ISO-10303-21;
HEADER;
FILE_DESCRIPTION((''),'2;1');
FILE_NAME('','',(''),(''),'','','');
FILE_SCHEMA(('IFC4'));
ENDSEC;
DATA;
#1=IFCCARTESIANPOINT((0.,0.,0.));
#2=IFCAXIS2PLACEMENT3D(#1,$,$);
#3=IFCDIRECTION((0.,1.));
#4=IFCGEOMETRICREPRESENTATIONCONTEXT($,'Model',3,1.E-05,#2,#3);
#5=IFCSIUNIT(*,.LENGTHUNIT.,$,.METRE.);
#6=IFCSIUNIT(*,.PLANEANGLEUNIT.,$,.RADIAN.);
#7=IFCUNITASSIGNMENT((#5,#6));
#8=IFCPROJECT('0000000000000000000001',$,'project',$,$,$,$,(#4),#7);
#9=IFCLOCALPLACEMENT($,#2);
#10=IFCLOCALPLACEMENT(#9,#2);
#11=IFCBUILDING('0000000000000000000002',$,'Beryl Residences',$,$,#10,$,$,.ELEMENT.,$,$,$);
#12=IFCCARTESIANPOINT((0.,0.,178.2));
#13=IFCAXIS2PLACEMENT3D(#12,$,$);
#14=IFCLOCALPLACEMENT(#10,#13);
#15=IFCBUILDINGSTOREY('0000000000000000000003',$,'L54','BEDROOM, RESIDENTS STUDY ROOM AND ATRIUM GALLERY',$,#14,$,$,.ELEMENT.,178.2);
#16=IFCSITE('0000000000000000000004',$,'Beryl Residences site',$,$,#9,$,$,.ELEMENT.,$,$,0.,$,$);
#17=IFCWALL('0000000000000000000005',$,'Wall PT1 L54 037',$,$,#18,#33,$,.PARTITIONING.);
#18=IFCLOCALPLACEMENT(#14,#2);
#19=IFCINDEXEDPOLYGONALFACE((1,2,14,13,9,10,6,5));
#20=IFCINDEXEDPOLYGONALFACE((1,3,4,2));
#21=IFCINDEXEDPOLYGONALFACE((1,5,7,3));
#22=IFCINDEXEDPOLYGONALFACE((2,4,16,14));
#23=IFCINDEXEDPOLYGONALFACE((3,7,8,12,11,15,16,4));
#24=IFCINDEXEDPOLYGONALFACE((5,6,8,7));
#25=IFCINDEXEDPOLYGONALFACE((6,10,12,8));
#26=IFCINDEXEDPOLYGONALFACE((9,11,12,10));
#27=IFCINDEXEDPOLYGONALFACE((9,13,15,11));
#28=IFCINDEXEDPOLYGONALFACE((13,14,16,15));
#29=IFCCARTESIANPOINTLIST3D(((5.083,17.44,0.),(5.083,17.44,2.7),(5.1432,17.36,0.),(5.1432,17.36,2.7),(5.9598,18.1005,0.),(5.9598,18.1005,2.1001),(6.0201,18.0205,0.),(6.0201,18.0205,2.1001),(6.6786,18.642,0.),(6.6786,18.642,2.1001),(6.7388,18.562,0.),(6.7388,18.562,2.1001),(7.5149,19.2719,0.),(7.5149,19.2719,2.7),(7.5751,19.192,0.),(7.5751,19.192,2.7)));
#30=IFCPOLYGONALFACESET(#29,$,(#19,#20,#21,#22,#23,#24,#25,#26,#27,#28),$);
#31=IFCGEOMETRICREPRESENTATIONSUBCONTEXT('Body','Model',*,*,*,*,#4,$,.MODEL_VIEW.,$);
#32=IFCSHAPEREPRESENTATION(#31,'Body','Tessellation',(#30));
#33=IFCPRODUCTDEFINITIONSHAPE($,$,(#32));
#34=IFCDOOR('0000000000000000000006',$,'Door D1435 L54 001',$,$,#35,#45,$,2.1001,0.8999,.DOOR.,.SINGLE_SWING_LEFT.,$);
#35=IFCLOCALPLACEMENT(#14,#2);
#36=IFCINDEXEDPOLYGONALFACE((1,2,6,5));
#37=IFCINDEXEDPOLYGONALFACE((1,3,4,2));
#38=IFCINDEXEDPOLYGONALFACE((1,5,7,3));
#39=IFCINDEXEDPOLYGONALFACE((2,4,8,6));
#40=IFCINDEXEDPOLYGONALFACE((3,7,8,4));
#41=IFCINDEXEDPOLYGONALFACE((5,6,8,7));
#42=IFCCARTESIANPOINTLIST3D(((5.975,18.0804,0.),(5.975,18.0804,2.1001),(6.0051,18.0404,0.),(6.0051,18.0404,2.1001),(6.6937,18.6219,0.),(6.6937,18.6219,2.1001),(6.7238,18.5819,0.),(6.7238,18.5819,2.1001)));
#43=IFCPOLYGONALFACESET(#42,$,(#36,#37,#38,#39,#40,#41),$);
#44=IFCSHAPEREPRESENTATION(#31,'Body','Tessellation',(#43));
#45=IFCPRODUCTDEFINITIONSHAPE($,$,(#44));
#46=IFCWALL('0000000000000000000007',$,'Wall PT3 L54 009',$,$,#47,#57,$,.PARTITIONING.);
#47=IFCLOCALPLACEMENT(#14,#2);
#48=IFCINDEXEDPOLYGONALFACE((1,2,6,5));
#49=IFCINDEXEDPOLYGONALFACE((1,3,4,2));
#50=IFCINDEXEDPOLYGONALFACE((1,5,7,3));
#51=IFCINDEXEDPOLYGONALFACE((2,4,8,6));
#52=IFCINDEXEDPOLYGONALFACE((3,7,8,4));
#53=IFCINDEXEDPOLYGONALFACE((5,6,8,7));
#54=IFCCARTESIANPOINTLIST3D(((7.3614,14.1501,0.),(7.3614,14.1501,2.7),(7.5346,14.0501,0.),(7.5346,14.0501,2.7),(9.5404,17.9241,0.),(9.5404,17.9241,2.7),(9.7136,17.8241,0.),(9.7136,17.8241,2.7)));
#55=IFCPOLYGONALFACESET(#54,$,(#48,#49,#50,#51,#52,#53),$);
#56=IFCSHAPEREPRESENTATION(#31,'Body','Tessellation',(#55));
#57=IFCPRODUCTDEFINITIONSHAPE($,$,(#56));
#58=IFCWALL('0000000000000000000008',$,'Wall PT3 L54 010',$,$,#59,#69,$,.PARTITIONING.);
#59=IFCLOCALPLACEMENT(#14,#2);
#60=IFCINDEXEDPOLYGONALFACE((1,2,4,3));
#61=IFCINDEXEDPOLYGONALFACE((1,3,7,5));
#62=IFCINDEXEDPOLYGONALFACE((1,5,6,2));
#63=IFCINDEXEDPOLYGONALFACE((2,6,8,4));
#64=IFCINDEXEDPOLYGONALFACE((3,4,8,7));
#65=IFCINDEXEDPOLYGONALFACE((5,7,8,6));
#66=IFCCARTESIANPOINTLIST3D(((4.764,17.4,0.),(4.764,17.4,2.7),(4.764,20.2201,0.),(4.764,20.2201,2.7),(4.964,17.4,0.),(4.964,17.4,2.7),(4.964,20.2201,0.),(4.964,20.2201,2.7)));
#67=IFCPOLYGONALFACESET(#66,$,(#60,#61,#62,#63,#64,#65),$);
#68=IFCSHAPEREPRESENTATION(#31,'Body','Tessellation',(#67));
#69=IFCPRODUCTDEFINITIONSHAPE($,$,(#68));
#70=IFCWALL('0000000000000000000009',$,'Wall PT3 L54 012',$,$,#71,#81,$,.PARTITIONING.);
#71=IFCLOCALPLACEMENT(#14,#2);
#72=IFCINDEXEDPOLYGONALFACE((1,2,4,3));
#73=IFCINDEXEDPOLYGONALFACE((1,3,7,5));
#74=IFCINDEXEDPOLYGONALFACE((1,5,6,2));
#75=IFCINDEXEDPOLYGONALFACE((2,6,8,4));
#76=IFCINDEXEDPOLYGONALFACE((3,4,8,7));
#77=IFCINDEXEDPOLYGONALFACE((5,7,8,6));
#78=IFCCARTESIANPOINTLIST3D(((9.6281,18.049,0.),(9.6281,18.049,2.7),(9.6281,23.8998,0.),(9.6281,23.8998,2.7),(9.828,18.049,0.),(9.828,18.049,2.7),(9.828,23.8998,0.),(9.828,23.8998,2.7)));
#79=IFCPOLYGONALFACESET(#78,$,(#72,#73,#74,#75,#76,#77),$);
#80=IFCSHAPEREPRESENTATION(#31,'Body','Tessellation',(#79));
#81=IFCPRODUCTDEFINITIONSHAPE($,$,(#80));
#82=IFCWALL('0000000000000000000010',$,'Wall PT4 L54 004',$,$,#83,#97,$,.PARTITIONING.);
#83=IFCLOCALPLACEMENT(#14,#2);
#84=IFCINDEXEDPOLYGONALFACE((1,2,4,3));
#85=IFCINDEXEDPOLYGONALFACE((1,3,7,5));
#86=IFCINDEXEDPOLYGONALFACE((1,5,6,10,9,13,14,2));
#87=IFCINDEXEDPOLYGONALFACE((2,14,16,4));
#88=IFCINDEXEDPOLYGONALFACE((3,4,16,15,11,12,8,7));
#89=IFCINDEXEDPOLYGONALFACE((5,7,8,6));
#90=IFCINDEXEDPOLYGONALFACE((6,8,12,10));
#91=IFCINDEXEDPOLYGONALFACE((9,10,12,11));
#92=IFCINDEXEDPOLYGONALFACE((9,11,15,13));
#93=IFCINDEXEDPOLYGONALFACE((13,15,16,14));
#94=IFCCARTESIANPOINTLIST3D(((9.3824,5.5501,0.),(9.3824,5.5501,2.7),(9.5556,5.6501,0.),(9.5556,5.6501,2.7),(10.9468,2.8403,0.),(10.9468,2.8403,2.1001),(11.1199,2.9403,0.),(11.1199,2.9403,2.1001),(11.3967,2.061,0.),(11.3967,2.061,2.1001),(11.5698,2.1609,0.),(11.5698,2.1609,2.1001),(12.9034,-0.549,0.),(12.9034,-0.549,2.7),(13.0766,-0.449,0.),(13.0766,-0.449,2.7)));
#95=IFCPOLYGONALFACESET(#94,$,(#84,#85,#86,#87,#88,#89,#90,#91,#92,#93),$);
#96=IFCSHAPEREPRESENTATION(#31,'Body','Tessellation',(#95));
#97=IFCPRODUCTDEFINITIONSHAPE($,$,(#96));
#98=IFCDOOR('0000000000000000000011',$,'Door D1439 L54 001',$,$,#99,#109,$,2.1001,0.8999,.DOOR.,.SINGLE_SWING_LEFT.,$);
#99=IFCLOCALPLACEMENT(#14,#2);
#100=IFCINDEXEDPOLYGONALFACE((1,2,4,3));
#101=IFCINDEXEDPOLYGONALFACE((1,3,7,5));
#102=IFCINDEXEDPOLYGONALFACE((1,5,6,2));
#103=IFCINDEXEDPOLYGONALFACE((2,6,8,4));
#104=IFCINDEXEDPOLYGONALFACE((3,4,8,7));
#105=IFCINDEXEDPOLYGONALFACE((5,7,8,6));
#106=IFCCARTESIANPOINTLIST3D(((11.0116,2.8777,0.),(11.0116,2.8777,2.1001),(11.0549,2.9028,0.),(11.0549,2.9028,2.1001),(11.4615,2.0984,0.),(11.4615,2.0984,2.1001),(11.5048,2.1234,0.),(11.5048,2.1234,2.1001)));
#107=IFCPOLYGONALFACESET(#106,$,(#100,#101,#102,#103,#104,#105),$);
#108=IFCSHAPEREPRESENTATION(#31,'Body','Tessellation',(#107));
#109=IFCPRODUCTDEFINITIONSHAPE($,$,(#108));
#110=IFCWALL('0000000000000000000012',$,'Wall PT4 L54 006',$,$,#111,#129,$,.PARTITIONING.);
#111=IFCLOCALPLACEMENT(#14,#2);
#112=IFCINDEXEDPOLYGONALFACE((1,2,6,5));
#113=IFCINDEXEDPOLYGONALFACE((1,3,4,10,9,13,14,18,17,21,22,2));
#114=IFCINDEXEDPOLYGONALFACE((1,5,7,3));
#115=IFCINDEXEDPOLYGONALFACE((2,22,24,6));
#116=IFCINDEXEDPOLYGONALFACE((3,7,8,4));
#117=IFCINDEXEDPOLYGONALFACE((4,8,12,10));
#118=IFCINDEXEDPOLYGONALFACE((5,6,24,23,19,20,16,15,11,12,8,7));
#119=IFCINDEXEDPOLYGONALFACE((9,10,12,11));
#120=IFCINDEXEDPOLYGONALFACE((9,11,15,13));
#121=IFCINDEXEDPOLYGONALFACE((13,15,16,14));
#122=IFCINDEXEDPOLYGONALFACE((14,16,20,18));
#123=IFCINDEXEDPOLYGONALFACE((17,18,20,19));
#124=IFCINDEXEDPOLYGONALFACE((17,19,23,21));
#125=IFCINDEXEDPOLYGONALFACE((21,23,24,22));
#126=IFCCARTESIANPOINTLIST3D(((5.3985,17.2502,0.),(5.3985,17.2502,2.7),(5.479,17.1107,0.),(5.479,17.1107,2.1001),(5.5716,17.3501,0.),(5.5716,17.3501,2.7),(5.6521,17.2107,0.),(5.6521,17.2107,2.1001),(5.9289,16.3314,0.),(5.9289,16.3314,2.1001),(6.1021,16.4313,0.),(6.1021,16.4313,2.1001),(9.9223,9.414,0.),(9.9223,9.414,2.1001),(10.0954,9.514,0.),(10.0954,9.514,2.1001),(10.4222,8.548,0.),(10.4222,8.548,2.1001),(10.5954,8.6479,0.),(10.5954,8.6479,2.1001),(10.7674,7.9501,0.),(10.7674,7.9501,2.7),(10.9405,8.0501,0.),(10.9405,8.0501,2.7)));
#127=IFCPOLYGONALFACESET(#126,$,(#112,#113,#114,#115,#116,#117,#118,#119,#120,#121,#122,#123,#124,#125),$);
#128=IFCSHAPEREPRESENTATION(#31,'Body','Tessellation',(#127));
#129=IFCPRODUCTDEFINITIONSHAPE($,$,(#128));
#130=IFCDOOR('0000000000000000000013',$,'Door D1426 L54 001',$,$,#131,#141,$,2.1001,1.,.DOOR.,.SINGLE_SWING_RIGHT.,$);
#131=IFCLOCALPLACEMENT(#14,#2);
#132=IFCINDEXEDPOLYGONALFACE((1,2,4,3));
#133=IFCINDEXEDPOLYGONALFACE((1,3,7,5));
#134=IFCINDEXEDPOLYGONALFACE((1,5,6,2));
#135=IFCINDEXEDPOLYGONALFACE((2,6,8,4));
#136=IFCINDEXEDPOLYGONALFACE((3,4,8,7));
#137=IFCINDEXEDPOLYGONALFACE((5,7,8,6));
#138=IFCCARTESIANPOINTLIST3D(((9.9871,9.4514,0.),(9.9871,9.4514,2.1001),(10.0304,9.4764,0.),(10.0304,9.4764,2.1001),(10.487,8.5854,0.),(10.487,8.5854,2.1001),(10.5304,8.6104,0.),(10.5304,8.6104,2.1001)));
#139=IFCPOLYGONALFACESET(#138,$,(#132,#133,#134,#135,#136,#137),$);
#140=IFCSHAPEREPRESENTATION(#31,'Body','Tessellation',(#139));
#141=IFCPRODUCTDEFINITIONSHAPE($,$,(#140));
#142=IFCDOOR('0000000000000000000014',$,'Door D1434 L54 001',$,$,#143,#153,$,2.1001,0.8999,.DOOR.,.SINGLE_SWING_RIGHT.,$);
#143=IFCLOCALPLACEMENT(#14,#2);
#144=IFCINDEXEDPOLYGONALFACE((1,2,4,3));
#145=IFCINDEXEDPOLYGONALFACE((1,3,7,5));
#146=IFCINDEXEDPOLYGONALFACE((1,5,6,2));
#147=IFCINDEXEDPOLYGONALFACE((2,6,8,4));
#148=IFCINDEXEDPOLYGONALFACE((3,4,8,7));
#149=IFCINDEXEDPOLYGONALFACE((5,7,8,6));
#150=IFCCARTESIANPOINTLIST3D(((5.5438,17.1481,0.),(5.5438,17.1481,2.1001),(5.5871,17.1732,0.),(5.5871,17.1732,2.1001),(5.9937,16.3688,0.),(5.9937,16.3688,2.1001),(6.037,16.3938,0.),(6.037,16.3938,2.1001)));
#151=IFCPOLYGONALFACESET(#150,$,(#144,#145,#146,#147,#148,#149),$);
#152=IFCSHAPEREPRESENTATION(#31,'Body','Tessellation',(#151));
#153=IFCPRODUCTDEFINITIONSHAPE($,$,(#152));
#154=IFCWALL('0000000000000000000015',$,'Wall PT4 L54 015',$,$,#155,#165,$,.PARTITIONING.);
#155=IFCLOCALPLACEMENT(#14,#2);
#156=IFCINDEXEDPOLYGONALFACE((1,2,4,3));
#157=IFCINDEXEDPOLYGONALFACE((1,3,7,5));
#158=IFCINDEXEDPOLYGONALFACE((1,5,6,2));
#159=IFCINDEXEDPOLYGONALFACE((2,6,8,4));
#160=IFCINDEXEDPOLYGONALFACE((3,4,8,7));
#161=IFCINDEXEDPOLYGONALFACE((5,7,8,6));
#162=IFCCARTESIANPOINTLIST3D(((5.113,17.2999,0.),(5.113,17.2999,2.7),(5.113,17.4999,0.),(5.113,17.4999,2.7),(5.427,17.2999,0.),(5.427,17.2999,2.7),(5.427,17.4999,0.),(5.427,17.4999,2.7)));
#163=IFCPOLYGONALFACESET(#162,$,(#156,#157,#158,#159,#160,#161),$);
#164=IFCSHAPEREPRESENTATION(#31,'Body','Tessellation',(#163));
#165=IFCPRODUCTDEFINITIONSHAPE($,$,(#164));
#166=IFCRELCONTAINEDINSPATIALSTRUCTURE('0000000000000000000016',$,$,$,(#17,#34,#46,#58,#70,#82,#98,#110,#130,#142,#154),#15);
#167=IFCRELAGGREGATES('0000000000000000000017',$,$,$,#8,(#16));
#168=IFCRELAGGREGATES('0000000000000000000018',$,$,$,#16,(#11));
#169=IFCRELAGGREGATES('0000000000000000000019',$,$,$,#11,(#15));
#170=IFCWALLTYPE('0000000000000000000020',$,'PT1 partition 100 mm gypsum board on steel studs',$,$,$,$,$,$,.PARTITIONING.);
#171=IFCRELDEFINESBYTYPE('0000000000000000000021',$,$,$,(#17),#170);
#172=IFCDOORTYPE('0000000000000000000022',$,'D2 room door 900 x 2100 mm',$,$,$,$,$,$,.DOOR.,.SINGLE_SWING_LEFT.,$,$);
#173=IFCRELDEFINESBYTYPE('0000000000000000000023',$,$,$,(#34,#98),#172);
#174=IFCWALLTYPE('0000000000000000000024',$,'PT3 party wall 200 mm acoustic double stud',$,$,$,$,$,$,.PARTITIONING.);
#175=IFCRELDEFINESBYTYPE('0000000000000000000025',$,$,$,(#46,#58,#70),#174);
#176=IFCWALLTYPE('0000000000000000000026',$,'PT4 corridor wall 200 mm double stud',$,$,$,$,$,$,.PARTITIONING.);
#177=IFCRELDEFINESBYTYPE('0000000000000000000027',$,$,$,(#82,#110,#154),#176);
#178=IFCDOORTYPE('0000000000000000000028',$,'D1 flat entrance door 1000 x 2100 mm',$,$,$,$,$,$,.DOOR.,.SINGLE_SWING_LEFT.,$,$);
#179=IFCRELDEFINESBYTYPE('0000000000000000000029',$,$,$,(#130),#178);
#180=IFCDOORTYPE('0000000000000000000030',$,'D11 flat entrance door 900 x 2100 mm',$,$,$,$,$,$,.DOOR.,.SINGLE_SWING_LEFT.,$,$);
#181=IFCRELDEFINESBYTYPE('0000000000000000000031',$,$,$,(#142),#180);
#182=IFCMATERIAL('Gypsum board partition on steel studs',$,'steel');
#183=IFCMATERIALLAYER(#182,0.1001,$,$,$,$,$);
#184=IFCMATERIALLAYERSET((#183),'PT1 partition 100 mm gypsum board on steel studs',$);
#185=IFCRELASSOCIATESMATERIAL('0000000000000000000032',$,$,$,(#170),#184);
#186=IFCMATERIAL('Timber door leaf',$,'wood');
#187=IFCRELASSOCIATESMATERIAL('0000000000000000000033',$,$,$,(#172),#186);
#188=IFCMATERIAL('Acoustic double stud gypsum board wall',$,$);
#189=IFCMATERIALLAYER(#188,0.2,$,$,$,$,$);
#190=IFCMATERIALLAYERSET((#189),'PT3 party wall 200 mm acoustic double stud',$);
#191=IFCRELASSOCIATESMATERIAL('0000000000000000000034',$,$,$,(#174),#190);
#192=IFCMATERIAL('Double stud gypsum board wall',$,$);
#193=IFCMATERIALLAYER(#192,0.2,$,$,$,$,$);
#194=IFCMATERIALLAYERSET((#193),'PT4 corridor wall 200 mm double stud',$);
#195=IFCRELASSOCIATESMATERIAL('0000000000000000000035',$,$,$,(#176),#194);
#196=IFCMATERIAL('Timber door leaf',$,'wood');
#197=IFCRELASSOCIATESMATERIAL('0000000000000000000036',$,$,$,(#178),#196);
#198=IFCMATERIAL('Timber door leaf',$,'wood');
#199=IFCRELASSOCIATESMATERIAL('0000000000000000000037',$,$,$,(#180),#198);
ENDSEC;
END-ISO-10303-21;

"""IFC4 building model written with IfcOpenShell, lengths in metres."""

from ifc_helpers import new_model, si_unit, direction, frame, frame_2d, origin, place, context, subcontext, project, spatial, rectangle, extrude, material, layer, layer_set, type_object, element, fill, save


model = new_model("IFC4")

# Units and contexts
model_context = context("Model", 3, precision=1e-05, world=origin(), true_north=direction((0.0, 1.0)))
body_context = subcontext(model_context, "Body", "Model", "MODEL_VIEW")
ifc_project = project(units=[si_unit("LENGTHUNIT", "METRE"), si_unit("PLANEANGLEUNIT", "RADIAN")], contexts=[model_context])

# Site, building, storey
site_placement = place(None, origin())
site = spatial("IfcSite", under=ifc_project, at=site_placement, Name="Beryl Residences site", CompositionType="ELEMENT", RefElevation=0.0)
building_placement = place(site_placement, origin())
building = spatial("IfcBuilding", under=site, at=building_placement, Name="Beryl Residences", CompositionType="ELEMENT")
storey_placement = place(building_placement, frame((0.0, 0.0, 178.2)))
storey = spatial("IfcBuildingStorey", under=building, at=storey_placement, Name="L54", Description="BEDROOM, RESIDENTS STUDY ROOM AND ATRIUM GALLERY", CompositionType="ELEMENT", Elevation=178.2)

# Wall, opening, door
ifc_material_1 = material(Name="Gypsum board partition on steel studs", Category="steel")
ifc_layer_1 = layer(ifc_material_1, 0.1001)
ifc_layer_set_1 = layer_set([ifc_layer_1], Name="PT1 partition 100 mm gypsum board on steel studs")
wall_type_1 = type_object("IfcWallType", Name="PT1 partition 100 mm gypsum board on steel studs", PredefinedType="PARTITIONING", material=ifc_layer_set_1)
ifc_material_2 = material(Name="Timber door leaf", Category="wood")
door_type_1 = type_object("IfcDoorType", Name="D2 room door 900 x 2100 mm", OperationType="SINGLE_SWING_LEFT", PredefinedType="DOOR", material=ifc_material_2)
wall_1_placement = place(storey_placement, frame((5.113, 17.3999, 0.0), z_axis=(0.0, 0.0, 1.0), x_axis=(0.798718, 0.601705, 0.0)))
wall_1 = element("IfcWall", 1, at=wall_1_placement, inside=storey, type_object=wall_type_1, Name="Wall PT1 L54 037", PredefinedType="PARTITIONING", context=body_context, shape_type="SweptSolid", body=[
    extrude(rectangle(XDim=3.0447, YDim=0.1001, at=frame_2d((1.5225, 0.0))), origin(), (0.0, 0.0, 1.0), 2.7),
])
opening_1_placement = place(wall_1_placement, frame((1.0979, 0.0, 0.0)))
opening_1 = element("IfcOpeningElement", 2, at=opening_1_placement, cuts=wall_1, PredefinedType="OPENING", context=body_context, shape_type="SweptSolid", body=[
    extrude(rectangle(XDim=0.8999, YDim=2.1001, at=frame_2d((0.45, 1.05))), frame((0.0, 0.0601, 0.0), z_axis=(0.0, -1.0, 0.0), x_axis=(1.0, 0.0, 0.0)), (0.0, 0.0, 1.0), 0.1201),
])
door_1_placement = place(opening_1_placement, origin())
door_1 = element("IfcDoor", 3, at=door_1_placement, inside=storey, type_object=door_type_1, Name="Door D1435 L54 001", OperationType="SINGLE_SWING_LEFT", OverallHeight=2.1001, OverallWidth=0.8999, PredefinedType="DOOR", context=body_context, shape_type="SweptSolid", body=[
    extrude(rectangle(XDim=0.8999, YDim=2.1001, at=frame_2d((0.45, 1.05))), frame((0.0, 0.0249, 0.0), z_axis=(0.0, -1.0, 0.0), x_axis=(1.0, 0.0, 0.0)), (0.0, 0.0, 1.0), 0.05),
])
fill(opening_1, door_1)

# Walls
ifc_material_3 = material(Name="Acoustic double stud gypsum board wall")
ifc_layer_2 = layer(ifc_material_3, 0.2)
ifc_layer_set_2 = layer_set([ifc_layer_2], Name="PT3 party wall 200 mm acoustic double stud")
wall_type_2 = type_object("IfcWallType", Name="PT3 party wall 200 mm acoustic double stud", PredefinedType="PARTITIONING", material=ifc_layer_set_2)
wall_2_placement = place(storey_placement, frame((7.448, 14.1001, 0.0), z_axis=(0.0, 0.0, 1.0), x_axis=(0.500013, 0.866018, 0.0)))
element("IfcWall", 4, at=wall_2_placement, inside=storey, type_object=wall_type_2, Name="Wall PT3 L54 009", PredefinedType="PARTITIONING", context=body_context, shape_type="SweptSolid", body=[
    extrude(rectangle(XDim=4.3579, YDim=0.2, at=frame_2d((2.179, 0.0))), origin(), (0.0, 0.0, 1.0), 2.7),
])
wall_3_placement = place(storey_placement, frame((4.864, 17.3999, 0.0), z_axis=(0.0, 0.0, 1.0), x_axis=(0.0, 1.0, 0.0)))
element("IfcWall", 5, at=wall_3_placement, inside=storey, type_object=wall_type_2, Name="Wall PT3 L54 010", PredefinedType="PARTITIONING", context=body_context, shape_type="SweptSolid", body=[
    extrude(rectangle(XDim=2.8201, YDim=0.2, at=frame_2d((1.4102, 0.0))), origin(), (0.0, 0.0, 1.0), 2.7),
])
wall_4_placement = place(storey_placement, frame((9.728, 18.0491, 0.0), z_axis=(0.0, 0.0, 1.0), x_axis=(0.0, 1.0, 0.0)))
element("IfcWall", 6, at=wall_4_placement, inside=storey, type_object=wall_type_2, Name="Wall PT3 L54 012", PredefinedType="PARTITIONING", context=body_context, shape_type="SweptSolid", body=[
    extrude(rectangle(XDim=5.8508, YDim=0.2, at=frame_2d((2.9253, 0.0))), origin(), (0.0, 0.0, 1.0), 2.7),
])

# Wall, opening, door
ifc_material_4 = material(Name="Double stud gypsum board wall")
ifc_layer_3 = layer(ifc_material_4, 0.2)
ifc_layer_set_3 = layer_set([ifc_layer_3], Name="PT4 corridor wall 200 mm double stud")
wall_type_3 = type_object("IfcWallType", Name="PT4 corridor wall 200 mm double stud", PredefinedType="PARTITIONING", material=ifc_layer_set_3)
wall_5_placement = place(storey_placement, frame((9.469, 5.6001, 0.0), z_axis=(0.0, 0.0, 1.0), x_axis=(0.499965, -0.866046, 0.0)))
wall_5 = element("IfcWall", 7, at=wall_5_placement, inside=storey, type_object=wall_type_3, Name="Wall PT4 L54 004", PredefinedType="PARTITIONING", context=body_context, shape_type="SweptSolid", body=[
    extrude(rectangle(XDim=7.0425, YDim=0.2, at=frame_2d((3.5212, 0.0))), origin(), (0.0, 0.0, 1.0), 2.7),
])
opening_2_placement = place(wall_5_placement, frame((3.1289, 0.0, 0.0)))
opening_2 = element("IfcOpeningElement", 8, at=opening_2_placement, cuts=wall_5, PredefinedType="OPENING", context=body_context, shape_type="SweptSolid", body=[
    extrude(rectangle(XDim=0.8999, YDim=2.1001, at=frame_2d((0.45, 1.05))), frame((0.0, 0.1099, 0.0), z_axis=(0.0, -1.0, 0.0), x_axis=(1.0, 0.0, 0.0)), (0.0, 0.0, 1.0), 0.22),
])
door_2_placement = place(opening_2_placement, origin())
door_2 = element("IfcDoor", 9, at=door_2_placement, inside=storey, type_object=door_type_1, Name="Door D1439 L54 001", OperationType="SINGLE_SWING_LEFT", OverallHeight=2.1001, OverallWidth=0.8999, PredefinedType="DOOR", context=body_context, shape_type="SweptSolid", body=[
    extrude(rectangle(XDim=0.8999, YDim=2.1001, at=frame_2d((0.45, 1.05))), frame((0.0, 0.0249, 0.0), z_axis=(0.0, -1.0, 0.0), x_axis=(1.0, 0.0, 0.0)), (0.0, 0.0, 1.0), 0.05),
])
fill(opening_2, door_2)

# Wall, openings, doors
wall_6_placement = place(storey_placement, frame((5.4851, 17.3, 0.0), z_axis=(0.0, 0.0, 1.0), x_axis=(0.499966, -0.866045, 0.0)))
wall_6 = element("IfcWall", 10, at=wall_6_placement, inside=storey, type_object=wall_type_3, Name="Wall PT4 L54 006", PredefinedType="PARTITIONING", context=body_context, shape_type="SweptSolid", body=[
    extrude(rectangle(XDim=10.7385, YDim=0.2, at=frame_2d((5.3691, 0.0))), origin(), (0.0, 0.0, 1.0), 2.7),
])
opening_3_placement = place(wall_6_placement, frame((9.0481, 0.0, 0.0)))
opening_3 = element("IfcOpeningElement", 11, at=opening_3_placement, cuts=wall_6, PredefinedType="OPENING", context=body_context, shape_type="SweptSolid", body=[
    extrude(rectangle(XDim=1.0, YDim=2.1001, at=frame_2d((0.5, 1.05))), frame((0.0, 0.1099, 0.0), z_axis=(0.0, -1.0, 0.0), x_axis=(1.0, 0.0, 0.0)), (0.0, 0.0, 1.0), 0.22),
])
opening_4_placement = place(wall_6_placement, frame((0.1609, 0.0, 0.0)))
opening_4 = element("IfcOpeningElement", 12, at=opening_4_placement, cuts=wall_6, PredefinedType="OPENING", context=body_context, shape_type="SweptSolid", body=[
    extrude(rectangle(XDim=0.8999, YDim=2.1001, at=frame_2d((0.45, 1.05))), frame((0.0, 0.1099, 0.0), z_axis=(0.0, -1.0, 0.0), x_axis=(1.0, 0.0, 0.0)), (0.0, 0.0, 1.0), 0.22),
])
ifc_material_5 = material(Name="Timber door leaf", Category="wood")
door_type_2 = type_object("IfcDoorType", Name="D1 flat entrance door 1000 x 2100 mm", OperationType="SINGLE_SWING_LEFT", PredefinedType="DOOR", material=ifc_material_5)
door_3_placement = place(opening_3_placement, origin())
door_3 = element("IfcDoor", 13, at=door_3_placement, inside=storey, type_object=door_type_2, Name="Door D1426 L54 001", OperationType="SINGLE_SWING_RIGHT", OverallHeight=2.1001, OverallWidth=1.0, PredefinedType="DOOR", context=body_context, shape_type="SweptSolid", body=[
    extrude(rectangle(XDim=1.0, YDim=2.1001, at=frame_2d((0.5, 1.05))), frame((0.0, 0.0249, 0.0), z_axis=(0.0, -1.0, 0.0), x_axis=(1.0, 0.0, 0.0)), (0.0, 0.0, 1.0), 0.05),
])
fill(opening_3, door_3)
ifc_material_6 = material(Name="Timber door leaf", Category="wood")
door_type_3 = type_object("IfcDoorType", Name="D11 flat entrance door 900 x 2100 mm", OperationType="SINGLE_SWING_LEFT", PredefinedType="DOOR", material=ifc_material_6)
door_4_placement = place(opening_4_placement, origin())
door_4 = element("IfcDoor", 14, at=door_4_placement, inside=storey, type_object=door_type_3, Name="Door D1434 L54 001", OperationType="SINGLE_SWING_RIGHT", OverallHeight=2.1001, OverallWidth=0.8999, PredefinedType="DOOR", context=body_context, shape_type="SweptSolid", body=[
    extrude(rectangle(XDim=0.8999, YDim=2.1001, at=frame_2d((0.45, 1.05))), frame((0.0, 0.0249, 0.0), z_axis=(0.0, -1.0, 0.0), x_axis=(1.0, 0.0, 0.0)), (0.0, 0.0, 1.0), 0.05),
])
fill(opening_4, door_4)

# Wall
wall_7_placement = place(storey_placement, frame((5.113, 17.3999, 0.0), z_axis=(0.0, 0.0, 1.0), x_axis=(1.0, 0.0, 0.0)))
element("IfcWall", 15, at=wall_7_placement, inside=storey, type_object=wall_type_3, Name="Wall PT4 L54 015", PredefinedType="PARTITIONING", context=body_context, shape_type="SweptSolid", body=[
    extrude(rectangle(XDim=0.314, YDim=0.2, at=frame_2d((0.157, 0.0))), origin(), (0.0, 0.0, 1.0), 2.7),
])

save(model, "model.ifc")
